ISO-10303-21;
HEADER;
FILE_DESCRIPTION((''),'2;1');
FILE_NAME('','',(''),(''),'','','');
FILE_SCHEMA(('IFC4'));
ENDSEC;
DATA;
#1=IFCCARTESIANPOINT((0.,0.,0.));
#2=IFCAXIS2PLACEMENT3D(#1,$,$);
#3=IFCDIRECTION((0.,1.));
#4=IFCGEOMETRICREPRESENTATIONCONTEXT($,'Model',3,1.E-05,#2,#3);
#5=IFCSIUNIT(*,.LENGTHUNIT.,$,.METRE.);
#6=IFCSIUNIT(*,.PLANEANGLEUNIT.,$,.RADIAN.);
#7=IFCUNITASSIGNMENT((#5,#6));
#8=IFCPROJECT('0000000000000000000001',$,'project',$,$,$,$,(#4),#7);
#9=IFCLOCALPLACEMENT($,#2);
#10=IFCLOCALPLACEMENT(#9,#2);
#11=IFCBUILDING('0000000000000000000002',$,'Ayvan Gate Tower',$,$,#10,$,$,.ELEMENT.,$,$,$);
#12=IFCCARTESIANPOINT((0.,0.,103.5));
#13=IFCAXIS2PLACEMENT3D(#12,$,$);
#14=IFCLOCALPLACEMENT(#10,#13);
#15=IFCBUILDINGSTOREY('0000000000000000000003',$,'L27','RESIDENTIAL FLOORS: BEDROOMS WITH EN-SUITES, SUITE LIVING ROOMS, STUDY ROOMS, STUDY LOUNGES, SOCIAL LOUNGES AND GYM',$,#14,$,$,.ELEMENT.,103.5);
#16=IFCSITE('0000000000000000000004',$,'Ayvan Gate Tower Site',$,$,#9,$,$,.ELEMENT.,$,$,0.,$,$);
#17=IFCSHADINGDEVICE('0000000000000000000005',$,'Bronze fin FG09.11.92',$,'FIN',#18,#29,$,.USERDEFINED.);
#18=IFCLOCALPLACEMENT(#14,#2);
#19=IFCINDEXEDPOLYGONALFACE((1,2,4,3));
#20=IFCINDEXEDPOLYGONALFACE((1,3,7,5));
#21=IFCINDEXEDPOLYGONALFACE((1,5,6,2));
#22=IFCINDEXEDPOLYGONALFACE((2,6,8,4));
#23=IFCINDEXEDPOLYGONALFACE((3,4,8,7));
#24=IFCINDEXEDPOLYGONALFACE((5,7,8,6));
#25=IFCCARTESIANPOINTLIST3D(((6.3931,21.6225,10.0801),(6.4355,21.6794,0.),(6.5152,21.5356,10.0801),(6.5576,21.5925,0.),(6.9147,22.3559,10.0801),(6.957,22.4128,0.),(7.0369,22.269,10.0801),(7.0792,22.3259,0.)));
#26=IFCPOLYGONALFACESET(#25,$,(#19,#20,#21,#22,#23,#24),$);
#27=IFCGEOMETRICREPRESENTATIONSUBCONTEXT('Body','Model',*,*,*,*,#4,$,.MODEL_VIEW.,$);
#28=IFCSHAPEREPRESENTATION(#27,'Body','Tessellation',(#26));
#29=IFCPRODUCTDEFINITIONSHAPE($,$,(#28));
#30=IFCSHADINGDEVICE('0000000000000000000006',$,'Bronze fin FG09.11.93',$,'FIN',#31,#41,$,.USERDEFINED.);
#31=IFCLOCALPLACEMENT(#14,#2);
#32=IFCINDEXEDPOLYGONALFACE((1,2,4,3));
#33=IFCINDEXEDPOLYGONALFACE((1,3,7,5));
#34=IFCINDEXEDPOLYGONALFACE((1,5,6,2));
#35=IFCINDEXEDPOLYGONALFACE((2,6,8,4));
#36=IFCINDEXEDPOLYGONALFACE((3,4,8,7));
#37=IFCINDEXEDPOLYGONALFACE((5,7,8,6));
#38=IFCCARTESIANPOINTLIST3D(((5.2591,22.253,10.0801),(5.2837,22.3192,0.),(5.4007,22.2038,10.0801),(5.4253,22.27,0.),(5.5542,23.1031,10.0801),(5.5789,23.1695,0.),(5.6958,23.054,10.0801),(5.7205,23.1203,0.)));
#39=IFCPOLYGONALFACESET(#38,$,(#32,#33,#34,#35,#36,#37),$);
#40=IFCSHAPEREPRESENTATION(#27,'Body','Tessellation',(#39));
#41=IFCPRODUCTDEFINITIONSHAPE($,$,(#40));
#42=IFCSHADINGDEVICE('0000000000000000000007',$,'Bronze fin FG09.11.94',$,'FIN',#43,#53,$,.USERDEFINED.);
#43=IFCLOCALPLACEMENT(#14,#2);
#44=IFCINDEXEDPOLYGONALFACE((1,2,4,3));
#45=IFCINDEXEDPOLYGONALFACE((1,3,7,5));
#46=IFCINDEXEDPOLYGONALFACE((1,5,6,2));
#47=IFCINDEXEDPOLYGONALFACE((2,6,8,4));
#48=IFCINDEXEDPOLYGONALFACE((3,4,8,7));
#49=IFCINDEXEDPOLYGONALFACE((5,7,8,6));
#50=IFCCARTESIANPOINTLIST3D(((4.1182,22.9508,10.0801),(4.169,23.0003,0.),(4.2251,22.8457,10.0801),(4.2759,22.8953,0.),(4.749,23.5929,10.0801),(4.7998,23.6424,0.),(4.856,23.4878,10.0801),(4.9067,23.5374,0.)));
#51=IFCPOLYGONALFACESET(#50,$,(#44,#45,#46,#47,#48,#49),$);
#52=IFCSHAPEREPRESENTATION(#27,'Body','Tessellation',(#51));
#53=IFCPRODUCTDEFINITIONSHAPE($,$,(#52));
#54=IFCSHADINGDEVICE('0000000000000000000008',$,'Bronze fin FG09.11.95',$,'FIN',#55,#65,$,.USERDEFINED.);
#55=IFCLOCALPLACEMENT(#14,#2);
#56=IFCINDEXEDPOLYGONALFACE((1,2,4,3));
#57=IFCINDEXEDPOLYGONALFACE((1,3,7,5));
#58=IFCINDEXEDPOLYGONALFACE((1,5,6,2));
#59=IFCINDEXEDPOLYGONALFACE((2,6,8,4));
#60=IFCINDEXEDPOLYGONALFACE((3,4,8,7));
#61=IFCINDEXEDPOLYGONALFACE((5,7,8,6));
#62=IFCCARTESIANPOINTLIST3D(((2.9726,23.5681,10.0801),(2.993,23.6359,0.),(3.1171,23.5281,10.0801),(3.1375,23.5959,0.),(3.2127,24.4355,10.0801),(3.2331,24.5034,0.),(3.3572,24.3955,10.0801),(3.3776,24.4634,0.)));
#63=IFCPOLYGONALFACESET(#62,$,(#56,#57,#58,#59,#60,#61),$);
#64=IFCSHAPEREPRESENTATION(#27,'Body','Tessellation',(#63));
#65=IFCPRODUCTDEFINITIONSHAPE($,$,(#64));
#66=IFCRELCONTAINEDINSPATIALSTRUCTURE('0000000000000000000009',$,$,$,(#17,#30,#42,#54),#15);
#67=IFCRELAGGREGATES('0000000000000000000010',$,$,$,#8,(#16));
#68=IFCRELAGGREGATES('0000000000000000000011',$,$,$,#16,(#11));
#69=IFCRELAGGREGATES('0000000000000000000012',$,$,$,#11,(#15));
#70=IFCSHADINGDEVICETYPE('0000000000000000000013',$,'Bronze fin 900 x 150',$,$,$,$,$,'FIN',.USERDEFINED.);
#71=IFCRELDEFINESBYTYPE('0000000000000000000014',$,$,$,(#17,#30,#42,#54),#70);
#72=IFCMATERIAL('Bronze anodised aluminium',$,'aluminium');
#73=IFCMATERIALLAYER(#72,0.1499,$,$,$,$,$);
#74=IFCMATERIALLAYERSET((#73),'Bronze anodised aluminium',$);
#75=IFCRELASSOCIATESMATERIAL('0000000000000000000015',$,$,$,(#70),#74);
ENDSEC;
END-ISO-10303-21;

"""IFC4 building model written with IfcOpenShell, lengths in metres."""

from ifc_helpers import new_model, si_unit, direction, frame, origin, place, context, subcontext, project, spatial, polyline, outline, extrude, material, layer, layer_set, type_object, element, save


model = new_model("IFC4")

# Units and contexts
model_context = context("Model", 3, precision=1e-05, world=origin(), true_north=direction((0.0, 1.0)))
body_context = subcontext(model_context, "Body", "Model", "MODEL_VIEW")
ifc_project = project(units=[si_unit("LENGTHUNIT", "METRE"), si_unit("PLANEANGLEUNIT", "RADIAN")], contexts=[model_context])

# Site, building, storey
site_placement = place(None, origin())
site = spatial("IfcSite", under=ifc_project, at=site_placement, Name="Ayvan Gate Tower Site", CompositionType="ELEMENT", RefElevation=0.0)
building_placement = place(site_placement, origin())
building = spatial("IfcBuilding", under=site, at=building_placement, Name="Ayvan Gate Tower", CompositionType="ELEMENT")
storey_placement = place(building_placement, frame((0.0, 0.0, 103.5)))
storey = spatial("IfcBuildingStorey", under=building, at=storey_placement, Name="L27", Description="RESIDENTIAL FLOORS: BEDROOMS WITH EN-SUITES, SUITE LIVING ROOMS, STUDY ROOMS, STUDY LOUNGES, SOCIAL LOUNGES AND GYM", CompositionType="ELEMENT", Elevation=103.5)

# Shared definitions
ifc_material_1 = material(Name="Bronze anodised aluminium", Category="aluminium")

# Shading devices
ifc_layer_1 = layer(ifc_material_1, 0.1499)
ifc_layer_set_1 = layer_set([ifc_layer_1], Name="Bronze anodised aluminium")
shading_device_type = type_object("IfcShadingDeviceType", Name="Bronze fin 900 x 150", ElementType="FIN", PredefinedType="USERDEFINED", material=ifc_layer_set_1)
shading_device_1_placement = place(storey_placement, frame((6.5576, 21.5925, 0.0), z_axis=(0.814914, -0.579582, 0.000154), x_axis=(0.579582, 0.814914, 0.0)))
element("IfcShadingDevice", 1, at=shading_device_1_placement, inside=storey, type_object=shading_device_type, Name="Bronze fin FG09.11.92", ObjectType="FIN", PredefinedType="USERDEFINED", context=body_context, shape_type="SweptSolid", body=[
    extrude(outline(polyline([(0.0, 0.0), (0.8999, 0.0), (0.8291, 10.0801), (-0.071, 10.0801), (0.0, 0.0)])), origin(), (0.0, 0.0, -1.0), 0.1499),
])
shading_device_2_placement = place(storey_placement, frame((5.4253, 22.27, 0.0), z_axis=(0.944691, -0.327963, 0.000154), x_axis=(0.327963, 0.944691, 0.0)))
element("IfcShadingDevice", 2, at=shading_device_2_placement, inside=storey, type_object=shading_device_type, Name="Bronze fin FG09.11.93", ObjectType="FIN", PredefinedType="USERDEFINED", context=body_context, shape_type="SweptSolid", body=[
    extrude(outline(polyline([(0.0, 0.0), (0.9001, 0.0), (0.8293, 10.0801), (-0.0706, 10.0801), (0.0, 0.0)])), origin(), (0.0, 0.0, -1.0), 0.1499),
])
shading_device_3_placement = place(storey_placement, frame((4.2759, 22.8953, 0.0), z_axis=(0.713317, -0.700841, 0.000148), x_axis=(0.700841, 0.713317, 0.0)))
element("IfcShadingDevice", 3, at=shading_device_3_placement, inside=storey, type_object=shading_device_type, Name="Bronze fin FG09.11.94", ObjectType="FIN", PredefinedType="USERDEFINED", context=body_context, shape_type="SweptSolid", body=[
    extrude(outline(polyline([(0.0, 0.0), (0.9001, 0.0), (0.8292, 10.0801), (-0.0709, 10.0801), (0.0, 0.0)])), origin(), (0.0, 0.0, -1.0), 0.1499),
])
shading_device_4_placement = place(storey_placement, frame((3.1375, 23.5959, 0.0), z_axis=(0.963758, -0.266776, 0.000153), x_axis=(0.266776, 0.963758, 0.0)))
element("IfcShadingDevice", 4, at=shading_device_4_placement, inside=storey, type_object=shading_device_type, Name="Bronze fin FG09.11.95", ObjectType="FIN", PredefinedType="USERDEFINED", context=body_context, shape_type="SweptSolid", body=[
    extrude(outline(polyline([(0.0, 0.0), (0.9001, 0.0), (0.8292, 10.0801), (-0.0708, 10.0801), (0.0, 0.0)])), origin(), (0.0, 0.0, -1.0), 0.1499),
])

save(model, "model.ifc")
